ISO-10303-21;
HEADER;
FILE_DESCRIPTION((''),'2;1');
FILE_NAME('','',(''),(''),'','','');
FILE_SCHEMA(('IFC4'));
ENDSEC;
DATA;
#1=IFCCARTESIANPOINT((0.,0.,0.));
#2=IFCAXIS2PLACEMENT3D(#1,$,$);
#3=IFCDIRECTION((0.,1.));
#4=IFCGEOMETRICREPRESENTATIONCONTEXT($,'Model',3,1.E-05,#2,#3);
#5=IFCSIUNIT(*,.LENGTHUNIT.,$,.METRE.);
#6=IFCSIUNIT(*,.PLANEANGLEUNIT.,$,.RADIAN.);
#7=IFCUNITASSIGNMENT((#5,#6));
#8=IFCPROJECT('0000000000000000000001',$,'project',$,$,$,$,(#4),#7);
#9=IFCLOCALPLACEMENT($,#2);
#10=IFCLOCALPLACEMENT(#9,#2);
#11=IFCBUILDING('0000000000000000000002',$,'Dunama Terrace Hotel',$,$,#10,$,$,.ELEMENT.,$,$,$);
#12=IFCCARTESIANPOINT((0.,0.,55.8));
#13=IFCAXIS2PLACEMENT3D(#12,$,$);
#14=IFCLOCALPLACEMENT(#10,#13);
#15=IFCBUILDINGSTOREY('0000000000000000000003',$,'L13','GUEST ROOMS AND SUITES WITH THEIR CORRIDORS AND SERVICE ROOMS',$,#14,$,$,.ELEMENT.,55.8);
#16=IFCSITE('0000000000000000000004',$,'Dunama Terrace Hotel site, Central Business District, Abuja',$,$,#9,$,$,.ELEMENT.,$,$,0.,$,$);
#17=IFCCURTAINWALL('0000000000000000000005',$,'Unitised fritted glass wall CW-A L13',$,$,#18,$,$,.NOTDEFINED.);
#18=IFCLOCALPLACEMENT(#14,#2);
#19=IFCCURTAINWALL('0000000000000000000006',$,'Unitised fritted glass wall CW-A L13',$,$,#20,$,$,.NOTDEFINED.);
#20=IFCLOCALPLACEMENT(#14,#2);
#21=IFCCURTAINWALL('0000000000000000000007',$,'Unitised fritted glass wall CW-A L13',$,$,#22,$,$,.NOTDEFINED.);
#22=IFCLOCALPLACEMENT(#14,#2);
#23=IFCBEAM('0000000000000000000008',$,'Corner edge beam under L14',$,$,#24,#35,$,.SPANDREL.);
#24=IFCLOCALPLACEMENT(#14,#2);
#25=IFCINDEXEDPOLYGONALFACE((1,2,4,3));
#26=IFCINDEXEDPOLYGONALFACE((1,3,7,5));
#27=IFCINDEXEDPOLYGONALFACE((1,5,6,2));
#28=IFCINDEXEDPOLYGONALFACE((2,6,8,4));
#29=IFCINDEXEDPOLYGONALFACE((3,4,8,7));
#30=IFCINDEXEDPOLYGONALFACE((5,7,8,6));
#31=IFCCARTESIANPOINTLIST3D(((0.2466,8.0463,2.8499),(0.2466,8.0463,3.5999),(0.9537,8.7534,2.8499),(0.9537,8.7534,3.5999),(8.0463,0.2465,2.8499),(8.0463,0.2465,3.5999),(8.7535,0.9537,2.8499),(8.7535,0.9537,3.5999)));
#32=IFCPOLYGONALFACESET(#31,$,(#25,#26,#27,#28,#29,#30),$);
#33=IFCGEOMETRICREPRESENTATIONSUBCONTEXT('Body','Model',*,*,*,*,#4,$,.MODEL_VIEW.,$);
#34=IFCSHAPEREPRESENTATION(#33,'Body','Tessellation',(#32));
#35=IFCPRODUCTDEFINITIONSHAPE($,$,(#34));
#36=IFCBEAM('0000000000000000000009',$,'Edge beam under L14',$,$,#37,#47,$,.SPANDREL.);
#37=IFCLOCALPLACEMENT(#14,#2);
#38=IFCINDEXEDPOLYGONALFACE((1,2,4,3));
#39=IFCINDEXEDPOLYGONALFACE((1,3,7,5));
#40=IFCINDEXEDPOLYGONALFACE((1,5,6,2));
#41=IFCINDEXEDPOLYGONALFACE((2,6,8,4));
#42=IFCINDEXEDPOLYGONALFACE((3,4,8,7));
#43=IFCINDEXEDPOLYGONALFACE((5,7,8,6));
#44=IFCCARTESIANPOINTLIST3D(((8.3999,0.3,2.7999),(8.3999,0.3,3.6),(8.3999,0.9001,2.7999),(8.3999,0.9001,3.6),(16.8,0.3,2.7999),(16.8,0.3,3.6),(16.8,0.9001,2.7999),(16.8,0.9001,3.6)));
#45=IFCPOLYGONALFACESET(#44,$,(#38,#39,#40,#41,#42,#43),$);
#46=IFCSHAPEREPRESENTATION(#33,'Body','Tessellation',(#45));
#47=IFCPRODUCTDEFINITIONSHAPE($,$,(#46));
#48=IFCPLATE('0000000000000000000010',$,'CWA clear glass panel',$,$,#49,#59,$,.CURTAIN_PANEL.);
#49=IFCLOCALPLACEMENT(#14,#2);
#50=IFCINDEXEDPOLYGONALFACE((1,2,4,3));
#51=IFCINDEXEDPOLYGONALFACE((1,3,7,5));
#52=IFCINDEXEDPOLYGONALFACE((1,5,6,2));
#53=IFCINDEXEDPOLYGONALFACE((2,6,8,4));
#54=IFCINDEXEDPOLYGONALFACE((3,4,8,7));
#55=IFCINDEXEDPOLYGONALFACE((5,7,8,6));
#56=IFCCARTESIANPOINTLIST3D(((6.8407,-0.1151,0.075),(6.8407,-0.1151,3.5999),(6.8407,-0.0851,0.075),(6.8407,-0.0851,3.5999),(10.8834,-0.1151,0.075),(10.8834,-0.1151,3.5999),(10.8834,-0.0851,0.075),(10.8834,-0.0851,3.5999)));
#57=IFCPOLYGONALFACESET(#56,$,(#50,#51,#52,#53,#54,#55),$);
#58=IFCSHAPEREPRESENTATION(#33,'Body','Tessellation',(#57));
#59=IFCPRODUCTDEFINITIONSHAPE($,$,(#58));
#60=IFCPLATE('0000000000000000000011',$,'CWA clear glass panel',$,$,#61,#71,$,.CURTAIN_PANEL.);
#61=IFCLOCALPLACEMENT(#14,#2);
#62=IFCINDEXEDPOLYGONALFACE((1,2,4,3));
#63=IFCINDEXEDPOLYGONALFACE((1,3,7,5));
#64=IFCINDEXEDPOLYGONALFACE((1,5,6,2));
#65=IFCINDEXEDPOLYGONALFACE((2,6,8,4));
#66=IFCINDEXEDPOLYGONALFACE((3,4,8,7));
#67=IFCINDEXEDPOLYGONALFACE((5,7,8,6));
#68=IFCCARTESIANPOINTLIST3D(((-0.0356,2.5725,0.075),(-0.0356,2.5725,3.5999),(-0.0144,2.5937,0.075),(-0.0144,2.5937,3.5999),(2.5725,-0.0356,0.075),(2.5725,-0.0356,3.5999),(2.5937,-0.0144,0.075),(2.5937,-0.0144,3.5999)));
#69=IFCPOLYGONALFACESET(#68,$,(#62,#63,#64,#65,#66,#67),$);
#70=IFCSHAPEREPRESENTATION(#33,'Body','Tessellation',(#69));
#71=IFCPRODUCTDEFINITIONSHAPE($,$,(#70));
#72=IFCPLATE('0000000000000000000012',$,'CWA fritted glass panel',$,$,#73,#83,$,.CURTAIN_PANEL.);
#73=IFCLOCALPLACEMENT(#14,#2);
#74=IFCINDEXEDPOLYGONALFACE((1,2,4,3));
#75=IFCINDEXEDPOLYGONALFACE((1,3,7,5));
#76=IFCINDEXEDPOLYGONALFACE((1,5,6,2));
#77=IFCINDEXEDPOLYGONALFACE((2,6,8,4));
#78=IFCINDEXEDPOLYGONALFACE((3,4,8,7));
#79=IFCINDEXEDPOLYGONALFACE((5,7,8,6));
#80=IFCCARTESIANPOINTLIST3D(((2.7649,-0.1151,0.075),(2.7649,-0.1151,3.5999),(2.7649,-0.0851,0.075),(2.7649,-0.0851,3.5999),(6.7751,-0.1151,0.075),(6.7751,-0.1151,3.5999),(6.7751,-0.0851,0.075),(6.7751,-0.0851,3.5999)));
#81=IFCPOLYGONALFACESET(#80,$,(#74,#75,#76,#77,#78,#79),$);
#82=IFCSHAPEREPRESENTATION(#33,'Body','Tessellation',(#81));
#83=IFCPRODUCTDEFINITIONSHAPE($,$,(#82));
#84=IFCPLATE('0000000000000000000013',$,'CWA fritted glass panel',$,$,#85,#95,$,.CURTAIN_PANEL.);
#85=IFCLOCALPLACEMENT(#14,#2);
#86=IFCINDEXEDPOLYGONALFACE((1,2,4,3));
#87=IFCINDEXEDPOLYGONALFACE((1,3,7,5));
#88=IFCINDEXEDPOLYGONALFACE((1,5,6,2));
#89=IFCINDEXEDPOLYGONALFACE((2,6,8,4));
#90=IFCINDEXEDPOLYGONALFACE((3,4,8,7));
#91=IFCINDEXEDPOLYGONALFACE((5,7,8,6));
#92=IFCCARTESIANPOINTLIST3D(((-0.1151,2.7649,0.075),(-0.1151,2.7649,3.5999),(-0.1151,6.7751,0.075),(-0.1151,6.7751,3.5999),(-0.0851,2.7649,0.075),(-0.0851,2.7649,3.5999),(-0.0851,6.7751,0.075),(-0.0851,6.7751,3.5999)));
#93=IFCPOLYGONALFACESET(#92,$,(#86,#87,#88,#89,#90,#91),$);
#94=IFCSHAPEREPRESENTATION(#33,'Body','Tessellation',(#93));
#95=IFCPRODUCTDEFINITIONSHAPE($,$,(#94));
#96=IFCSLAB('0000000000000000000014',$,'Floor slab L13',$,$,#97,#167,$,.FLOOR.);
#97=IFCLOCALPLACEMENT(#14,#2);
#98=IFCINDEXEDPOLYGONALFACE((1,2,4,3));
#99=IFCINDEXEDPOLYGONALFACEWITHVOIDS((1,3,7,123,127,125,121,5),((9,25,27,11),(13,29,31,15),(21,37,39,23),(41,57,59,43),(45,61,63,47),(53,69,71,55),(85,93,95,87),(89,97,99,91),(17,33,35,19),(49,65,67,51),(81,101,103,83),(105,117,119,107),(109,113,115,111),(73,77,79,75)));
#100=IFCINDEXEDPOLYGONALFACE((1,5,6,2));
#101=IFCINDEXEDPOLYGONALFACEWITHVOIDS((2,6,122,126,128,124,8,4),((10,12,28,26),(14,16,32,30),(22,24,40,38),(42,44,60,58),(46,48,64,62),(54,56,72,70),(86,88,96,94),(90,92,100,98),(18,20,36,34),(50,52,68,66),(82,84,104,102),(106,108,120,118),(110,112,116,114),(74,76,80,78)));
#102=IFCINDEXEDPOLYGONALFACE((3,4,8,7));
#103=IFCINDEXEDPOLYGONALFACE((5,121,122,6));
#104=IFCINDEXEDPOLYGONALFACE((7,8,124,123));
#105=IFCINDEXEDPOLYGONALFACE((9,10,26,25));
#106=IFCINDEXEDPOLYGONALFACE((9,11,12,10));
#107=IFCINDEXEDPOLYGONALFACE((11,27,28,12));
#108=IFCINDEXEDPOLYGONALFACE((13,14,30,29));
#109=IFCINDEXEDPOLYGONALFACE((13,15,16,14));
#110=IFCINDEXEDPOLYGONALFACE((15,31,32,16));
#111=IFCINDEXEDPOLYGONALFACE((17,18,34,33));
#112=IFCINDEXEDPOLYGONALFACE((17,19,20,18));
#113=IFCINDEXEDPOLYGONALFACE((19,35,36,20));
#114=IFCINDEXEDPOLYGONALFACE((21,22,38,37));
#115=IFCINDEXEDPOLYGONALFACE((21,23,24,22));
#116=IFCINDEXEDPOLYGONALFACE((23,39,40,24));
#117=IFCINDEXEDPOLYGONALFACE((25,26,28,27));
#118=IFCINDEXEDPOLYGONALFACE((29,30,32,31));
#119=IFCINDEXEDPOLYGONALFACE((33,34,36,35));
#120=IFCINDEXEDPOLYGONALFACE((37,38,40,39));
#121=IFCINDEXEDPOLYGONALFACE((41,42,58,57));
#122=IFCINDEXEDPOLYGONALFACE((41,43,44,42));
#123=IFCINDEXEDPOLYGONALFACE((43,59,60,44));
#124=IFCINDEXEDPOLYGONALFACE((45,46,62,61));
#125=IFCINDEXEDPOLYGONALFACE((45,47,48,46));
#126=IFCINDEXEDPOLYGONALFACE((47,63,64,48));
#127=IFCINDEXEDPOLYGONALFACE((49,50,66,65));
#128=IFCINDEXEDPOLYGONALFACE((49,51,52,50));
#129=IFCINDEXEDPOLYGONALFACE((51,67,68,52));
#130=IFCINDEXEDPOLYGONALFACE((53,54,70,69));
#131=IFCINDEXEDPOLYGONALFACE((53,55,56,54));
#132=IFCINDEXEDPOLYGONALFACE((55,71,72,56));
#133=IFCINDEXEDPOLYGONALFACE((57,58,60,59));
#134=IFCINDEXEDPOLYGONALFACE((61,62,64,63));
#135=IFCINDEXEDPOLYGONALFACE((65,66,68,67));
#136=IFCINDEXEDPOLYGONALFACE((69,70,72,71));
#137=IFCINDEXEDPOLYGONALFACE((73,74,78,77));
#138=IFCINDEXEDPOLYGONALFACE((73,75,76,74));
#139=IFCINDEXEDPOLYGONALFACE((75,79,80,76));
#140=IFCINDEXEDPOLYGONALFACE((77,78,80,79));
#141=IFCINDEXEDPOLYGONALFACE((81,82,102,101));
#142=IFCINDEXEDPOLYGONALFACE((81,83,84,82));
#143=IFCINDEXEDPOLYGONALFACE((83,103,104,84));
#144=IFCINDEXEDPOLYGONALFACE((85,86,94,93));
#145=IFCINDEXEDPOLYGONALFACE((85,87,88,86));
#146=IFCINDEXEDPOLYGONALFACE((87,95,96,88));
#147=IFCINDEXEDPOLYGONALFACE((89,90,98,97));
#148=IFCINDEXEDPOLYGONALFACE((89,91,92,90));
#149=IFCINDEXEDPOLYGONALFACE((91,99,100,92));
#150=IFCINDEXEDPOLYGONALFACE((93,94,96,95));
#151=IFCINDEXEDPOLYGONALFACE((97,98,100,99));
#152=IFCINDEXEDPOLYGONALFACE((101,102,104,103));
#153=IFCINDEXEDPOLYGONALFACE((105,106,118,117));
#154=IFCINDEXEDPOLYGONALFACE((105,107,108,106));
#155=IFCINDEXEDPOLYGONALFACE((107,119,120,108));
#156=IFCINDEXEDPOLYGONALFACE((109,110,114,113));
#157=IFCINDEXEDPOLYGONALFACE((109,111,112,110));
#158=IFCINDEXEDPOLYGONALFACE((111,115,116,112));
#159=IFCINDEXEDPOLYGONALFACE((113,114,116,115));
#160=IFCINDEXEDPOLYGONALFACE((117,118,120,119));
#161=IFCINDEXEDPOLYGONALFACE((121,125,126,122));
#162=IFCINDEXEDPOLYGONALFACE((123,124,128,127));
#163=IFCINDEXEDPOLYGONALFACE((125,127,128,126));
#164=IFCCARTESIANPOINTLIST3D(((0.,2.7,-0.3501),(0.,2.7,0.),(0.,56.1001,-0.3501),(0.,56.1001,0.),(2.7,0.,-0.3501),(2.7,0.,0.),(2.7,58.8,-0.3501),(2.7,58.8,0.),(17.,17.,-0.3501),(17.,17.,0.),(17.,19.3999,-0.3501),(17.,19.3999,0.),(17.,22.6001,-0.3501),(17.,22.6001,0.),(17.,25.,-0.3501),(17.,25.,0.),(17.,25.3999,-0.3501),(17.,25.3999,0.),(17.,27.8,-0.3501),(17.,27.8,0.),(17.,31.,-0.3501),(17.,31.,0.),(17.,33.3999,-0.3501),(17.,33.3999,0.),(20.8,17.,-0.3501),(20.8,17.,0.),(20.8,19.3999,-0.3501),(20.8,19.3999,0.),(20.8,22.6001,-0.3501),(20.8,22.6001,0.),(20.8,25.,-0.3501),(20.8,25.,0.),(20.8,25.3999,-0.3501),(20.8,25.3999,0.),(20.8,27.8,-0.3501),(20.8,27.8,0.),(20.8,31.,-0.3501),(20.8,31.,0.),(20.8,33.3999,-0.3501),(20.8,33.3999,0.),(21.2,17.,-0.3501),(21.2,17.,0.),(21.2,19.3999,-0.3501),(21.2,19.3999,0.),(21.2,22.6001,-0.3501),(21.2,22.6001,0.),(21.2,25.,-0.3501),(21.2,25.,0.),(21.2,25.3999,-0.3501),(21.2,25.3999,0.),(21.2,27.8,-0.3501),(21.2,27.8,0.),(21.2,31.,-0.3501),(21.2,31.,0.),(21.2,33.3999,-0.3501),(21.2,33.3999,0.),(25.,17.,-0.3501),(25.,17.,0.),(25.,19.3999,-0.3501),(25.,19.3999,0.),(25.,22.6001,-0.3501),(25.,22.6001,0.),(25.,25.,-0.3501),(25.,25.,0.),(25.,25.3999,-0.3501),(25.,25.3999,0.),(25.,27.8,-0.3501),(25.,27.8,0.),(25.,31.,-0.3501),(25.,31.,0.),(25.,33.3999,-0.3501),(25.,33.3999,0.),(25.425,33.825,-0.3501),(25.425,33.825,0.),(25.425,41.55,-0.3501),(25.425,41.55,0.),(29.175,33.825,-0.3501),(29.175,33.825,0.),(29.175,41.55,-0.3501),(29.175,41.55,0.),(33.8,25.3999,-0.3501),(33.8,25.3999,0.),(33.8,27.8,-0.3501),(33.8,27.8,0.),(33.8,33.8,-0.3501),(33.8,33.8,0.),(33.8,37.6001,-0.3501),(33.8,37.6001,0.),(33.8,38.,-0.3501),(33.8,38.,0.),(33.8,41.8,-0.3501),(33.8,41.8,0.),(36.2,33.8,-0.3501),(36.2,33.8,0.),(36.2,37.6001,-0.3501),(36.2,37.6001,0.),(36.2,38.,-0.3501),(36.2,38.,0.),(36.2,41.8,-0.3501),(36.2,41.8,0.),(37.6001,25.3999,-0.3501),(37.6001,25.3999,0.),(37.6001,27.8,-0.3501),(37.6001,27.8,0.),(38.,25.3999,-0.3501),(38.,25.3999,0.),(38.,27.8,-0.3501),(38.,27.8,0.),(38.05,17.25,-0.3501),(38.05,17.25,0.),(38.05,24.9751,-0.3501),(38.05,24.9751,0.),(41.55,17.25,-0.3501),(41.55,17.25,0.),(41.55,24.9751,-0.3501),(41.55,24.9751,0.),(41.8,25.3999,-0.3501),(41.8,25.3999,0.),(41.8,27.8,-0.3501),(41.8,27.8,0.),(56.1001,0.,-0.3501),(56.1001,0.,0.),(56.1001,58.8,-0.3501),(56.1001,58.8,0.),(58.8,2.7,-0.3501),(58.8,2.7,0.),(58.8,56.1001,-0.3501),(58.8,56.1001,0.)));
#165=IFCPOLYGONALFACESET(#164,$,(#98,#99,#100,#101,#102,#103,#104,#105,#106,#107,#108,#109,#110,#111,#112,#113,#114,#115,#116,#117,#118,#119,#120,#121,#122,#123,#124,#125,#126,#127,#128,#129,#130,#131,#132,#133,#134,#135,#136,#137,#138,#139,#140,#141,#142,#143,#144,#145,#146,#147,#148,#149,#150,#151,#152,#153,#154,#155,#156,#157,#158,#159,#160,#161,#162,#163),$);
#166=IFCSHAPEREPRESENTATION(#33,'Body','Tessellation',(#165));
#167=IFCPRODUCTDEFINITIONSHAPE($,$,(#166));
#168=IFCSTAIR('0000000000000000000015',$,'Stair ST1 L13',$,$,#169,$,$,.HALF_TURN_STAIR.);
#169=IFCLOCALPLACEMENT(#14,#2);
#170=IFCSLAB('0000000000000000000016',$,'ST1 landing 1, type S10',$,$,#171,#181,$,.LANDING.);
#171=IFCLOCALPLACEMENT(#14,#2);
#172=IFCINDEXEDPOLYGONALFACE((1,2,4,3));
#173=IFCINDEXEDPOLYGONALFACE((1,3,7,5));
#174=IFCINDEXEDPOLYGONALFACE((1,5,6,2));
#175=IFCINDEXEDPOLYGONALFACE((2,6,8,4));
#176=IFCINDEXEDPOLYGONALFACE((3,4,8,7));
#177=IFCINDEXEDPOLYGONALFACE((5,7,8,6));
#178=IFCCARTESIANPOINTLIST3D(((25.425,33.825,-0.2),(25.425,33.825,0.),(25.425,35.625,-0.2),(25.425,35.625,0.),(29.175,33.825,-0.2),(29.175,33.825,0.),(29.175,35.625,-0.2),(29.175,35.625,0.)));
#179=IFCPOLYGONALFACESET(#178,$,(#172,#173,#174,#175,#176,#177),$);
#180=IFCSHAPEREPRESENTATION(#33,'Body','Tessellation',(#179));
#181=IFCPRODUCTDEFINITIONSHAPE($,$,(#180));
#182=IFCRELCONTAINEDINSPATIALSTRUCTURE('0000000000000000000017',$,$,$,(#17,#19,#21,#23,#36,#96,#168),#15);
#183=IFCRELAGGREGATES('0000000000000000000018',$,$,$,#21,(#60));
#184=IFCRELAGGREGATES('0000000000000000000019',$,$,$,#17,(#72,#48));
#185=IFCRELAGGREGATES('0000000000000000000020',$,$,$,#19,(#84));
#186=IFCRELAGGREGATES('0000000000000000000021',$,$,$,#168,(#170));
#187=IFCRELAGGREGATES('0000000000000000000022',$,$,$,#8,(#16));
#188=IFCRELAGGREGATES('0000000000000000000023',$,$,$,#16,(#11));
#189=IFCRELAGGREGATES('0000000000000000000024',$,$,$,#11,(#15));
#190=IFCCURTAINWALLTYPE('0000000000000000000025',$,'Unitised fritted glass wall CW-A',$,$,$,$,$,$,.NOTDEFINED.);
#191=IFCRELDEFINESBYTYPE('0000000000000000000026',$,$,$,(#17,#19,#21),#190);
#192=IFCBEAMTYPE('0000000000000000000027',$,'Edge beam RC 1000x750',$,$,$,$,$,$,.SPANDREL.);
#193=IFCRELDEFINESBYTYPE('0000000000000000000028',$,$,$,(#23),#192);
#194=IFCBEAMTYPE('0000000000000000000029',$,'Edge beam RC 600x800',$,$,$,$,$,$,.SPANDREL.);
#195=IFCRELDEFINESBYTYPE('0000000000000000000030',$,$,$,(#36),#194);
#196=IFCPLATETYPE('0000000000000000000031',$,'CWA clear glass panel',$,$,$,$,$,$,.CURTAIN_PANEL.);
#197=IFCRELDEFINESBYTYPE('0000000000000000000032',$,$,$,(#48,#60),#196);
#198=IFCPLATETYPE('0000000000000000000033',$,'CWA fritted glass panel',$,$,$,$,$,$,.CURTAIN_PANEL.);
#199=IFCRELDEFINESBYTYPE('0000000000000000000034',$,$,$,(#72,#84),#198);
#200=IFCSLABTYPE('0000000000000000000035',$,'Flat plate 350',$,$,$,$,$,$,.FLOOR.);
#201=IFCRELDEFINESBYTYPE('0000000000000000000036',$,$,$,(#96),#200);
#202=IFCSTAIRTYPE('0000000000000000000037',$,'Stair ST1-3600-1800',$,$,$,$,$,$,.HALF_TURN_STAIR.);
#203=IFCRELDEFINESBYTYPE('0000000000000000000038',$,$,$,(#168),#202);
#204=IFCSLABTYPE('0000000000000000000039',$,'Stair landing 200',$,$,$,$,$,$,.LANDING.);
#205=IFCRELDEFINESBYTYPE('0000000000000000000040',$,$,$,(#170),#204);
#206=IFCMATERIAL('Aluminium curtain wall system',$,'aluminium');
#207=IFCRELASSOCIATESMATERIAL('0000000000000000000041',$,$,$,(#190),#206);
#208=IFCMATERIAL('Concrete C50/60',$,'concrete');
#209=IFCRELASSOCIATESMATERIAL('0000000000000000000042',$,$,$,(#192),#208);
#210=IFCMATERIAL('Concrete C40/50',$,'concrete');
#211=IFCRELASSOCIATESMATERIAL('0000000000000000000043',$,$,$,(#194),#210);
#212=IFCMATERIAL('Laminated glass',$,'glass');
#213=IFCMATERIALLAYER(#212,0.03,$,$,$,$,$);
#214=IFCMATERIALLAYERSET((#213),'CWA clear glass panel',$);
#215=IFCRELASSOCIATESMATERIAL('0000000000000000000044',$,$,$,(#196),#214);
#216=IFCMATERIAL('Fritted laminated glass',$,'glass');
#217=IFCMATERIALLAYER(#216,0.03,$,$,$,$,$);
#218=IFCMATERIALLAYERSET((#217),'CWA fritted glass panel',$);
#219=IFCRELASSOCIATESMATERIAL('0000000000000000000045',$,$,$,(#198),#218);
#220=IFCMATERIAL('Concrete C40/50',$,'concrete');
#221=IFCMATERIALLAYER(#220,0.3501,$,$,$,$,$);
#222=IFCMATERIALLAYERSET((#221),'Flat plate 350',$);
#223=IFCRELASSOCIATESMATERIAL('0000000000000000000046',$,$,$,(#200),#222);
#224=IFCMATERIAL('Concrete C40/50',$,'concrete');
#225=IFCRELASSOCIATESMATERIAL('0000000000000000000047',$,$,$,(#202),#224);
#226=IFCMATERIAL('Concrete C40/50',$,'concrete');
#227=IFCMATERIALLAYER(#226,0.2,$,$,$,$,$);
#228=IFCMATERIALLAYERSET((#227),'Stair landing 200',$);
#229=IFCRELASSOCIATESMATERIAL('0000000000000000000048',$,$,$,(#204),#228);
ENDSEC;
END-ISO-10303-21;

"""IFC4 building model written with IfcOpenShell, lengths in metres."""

from ifc_helpers import new_model, si_unit, direction, frame, origin, origin_2d, place, context, subcontext, project, spatial, polyline, rectangle, outline, extrude, material, layer, layer_set, material_profile, profile_set, type_object, element, aggregate, save


model = new_model("IFC4")

# Units and contexts
model_context = context("Model", 3, precision=1e-05, world=origin(), true_north=direction((0.0, 1.0)))
body_context = subcontext(model_context, "Body", "Model", "MODEL_VIEW")
ifc_project = project(units=[si_unit("LENGTHUNIT", "METRE"), si_unit("PLANEANGLEUNIT", "RADIAN")], contexts=[model_context])

# Site, building, storey
site_placement = place(None, origin())
site = spatial("IfcSite", under=ifc_project, at=site_placement, Name="Dunama Terrace Hotel site, Central Business District, Abuja", CompositionType="ELEMENT", RefElevation=0.0)
building_placement = place(site_placement, origin())
building = spatial("IfcBuilding", under=site, at=building_placement, Name="Dunama Terrace Hotel", CompositionType="ELEMENT")
storey_placement = place(building_placement, frame((0.0, 0.0, 55.8)))
storey = spatial("IfcBuildingStorey", under=building, at=storey_placement, Name="L13", Description="GUEST ROOMS AND SUITES WITH THEIR CORRIDORS AND SERVICE ROOMS", CompositionType="ELEMENT", Elevation=55.8)

# Curtain walls
ifc_material_1 = material(Name="Aluminium curtain wall system", Category="aluminium")
curtain_wall_type = type_object("IfcCurtainWallType", Name="Unitised fritted glass wall CW-A", PredefinedType="NOTDEFINED", material=ifc_material_1)
curtain_wall_1_placement = place(storey_placement, origin())
curtain_wall_1 = element("IfcCurtainWall", 1, at=curtain_wall_1_placement, inside=storey, type_object=curtain_wall_type, Name="Unitised fritted glass wall CW-A L13", PredefinedType="NOTDEFINED")
curtain_wall_2_placement = place(storey_placement, origin())
curtain_wall_2 = element("IfcCurtainWall", 2, at=curtain_wall_2_placement, inside=storey, type_object=curtain_wall_type, Name="Unitised fritted glass wall CW-A L13", PredefinedType="NOTDEFINED")
curtain_wall_3_placement = place(storey_placement, origin())
curtain_wall_3 = element("IfcCurtainWall", 3, at=curtain_wall_3_placement, inside=storey, type_object=curtain_wall_type, Name="Unitised fritted glass wall CW-A L13", PredefinedType="NOTDEFINED")

# Beams
ifc_material_2 = material(Name="Concrete C50/60", Category="concrete")
ifc_material_profile_1 = material_profile(ifc_material_2, rectangle(XDim=1.0, YDim=0.75, at=origin_2d()), Name="RC 1000x750")
ifc_profile_set_1 = profile_set([ifc_material_profile_1], Name="Concrete C50/60")
beam_type_1 = type_object("IfcBeamType", Name="Edge beam RC 1000x750", PredefinedType="SPANDREL", material=ifc_profile_set_1)
beam_1_placement = place(storey_placement, frame((8.3999, 0.6001, 3.2249), z_axis=(-0.707107, 0.707107, 0.0), x_axis=(-0.707107, -0.707107, 0.0)))
element("IfcBeam", 4, at=beam_1_placement, inside=storey, type_object=beam_type_1, Name="Corner edge beam under L14", PredefinedType="SPANDREL", context=body_context, shape_type="SweptSolid", body=[
    extrude(rectangle(XDim=1.0, YDim=0.75, at=origin_2d()), origin(), (0.0, 0.0, 1.0), 11.0305),
])
ifc_material_3 = material(Name="Concrete C40/50", Category="concrete")
ifc_material_profile_2 = material_profile(ifc_material_3, rectangle(XDim=0.6001, YDim=0.8, at=origin_2d()), Name="RC 600x800")
ifc_profile_set_2 = profile_set([ifc_material_profile_2], Name="Concrete C40/50")
beam_type_2 = type_object("IfcBeamType", Name="Edge beam RC 600x800", PredefinedType="SPANDREL", material=ifc_profile_set_2)
beam_2_placement = place(storey_placement, frame((8.3999, 0.6001, 3.2), z_axis=(1.0, 0.0, 0.0), x_axis=(0.0, 1.0, 0.0)))
element("IfcBeam", 5, at=beam_2_placement, inside=storey, type_object=beam_type_2, Name="Edge beam under L14", PredefinedType="SPANDREL", context=body_context, shape_type="SweptSolid", body=[
    extrude(rectangle(XDim=0.6001, YDim=0.8, at=origin_2d()), origin(), (0.0, 0.0, 1.0), 8.4001),
])

# Plates
ifc_material_4 = material(Name="Laminated glass", Category="glass")
ifc_layer_1 = layer(ifc_material_4, 0.03)
ifc_layer_set_1 = layer_set([ifc_layer_1], Name="CWA clear glass panel")
plate_type_1 = type_object("IfcPlateType", Name="CWA clear glass panel", PredefinedType="CURTAIN_PANEL", material=ifc_layer_set_1)
plate_1_placement = place(storey_placement, frame((8.8621, -0.1001, 0.075), z_axis=(0.0, 0.0, 1.0), x_axis=(1.0, 0.0, 0.0)))
plate_1 = element("IfcPlate", 6, at=plate_1_placement, type_object=plate_type_1, Name="CWA clear glass panel", PredefinedType="CURTAIN_PANEL", context=body_context, shape_type="SweptSolid", body=[
    extrude(rectangle(XDim=4.0427, YDim=0.03, at=origin_2d()), origin(), (0.0, 0.0, 1.0), 3.5249),
])
plate_2_placement = place(storey_placement, frame((1.2791, 1.2791, 0.075), z_axis=(0.0, 0.0, 1.0), x_axis=(0.707107, -0.707107, 0.0)))
plate_2 = element("IfcPlate", 7, at=plate_2_placement, type_object=plate_type_1, Name="CWA clear glass panel", PredefinedType="CURTAIN_PANEL", context=body_context, shape_type="SweptSolid", body=[
    extrude(rectangle(XDim=3.6885, YDim=0.03, at=origin_2d()), origin(), (0.0, 0.0, 1.0), 3.5249),
])
aggregate(curtain_wall_3, [plate_2])
ifc_material_5 = material(Name="Fritted laminated glass", Category="glass")
ifc_layer_2 = layer(ifc_material_5, 0.03)
ifc_layer_set_2 = layer_set([ifc_layer_2], Name="CWA fritted glass panel")
plate_type_2 = type_object("IfcPlateType", Name="CWA fritted glass panel", PredefinedType="CURTAIN_PANEL", material=ifc_layer_set_2)
plate_3_placement = place(storey_placement, frame((4.77, -0.1001, 0.075), z_axis=(0.0, 0.0, 1.0), x_axis=(1.0, 0.0, 0.0)))
plate_3 = element("IfcPlate", 8, at=plate_3_placement, type_object=plate_type_2, Name="CWA fritted glass panel", PredefinedType="CURTAIN_PANEL", context=body_context, shape_type="SweptSolid", body=[
    extrude(rectangle(XDim=4.0103, YDim=0.03, at=origin_2d()), origin(), (0.0, 0.0, 1.0), 3.5249),
])
aggregate(curtain_wall_1, [plate_3, plate_1])
plate_4_placement = place(storey_placement, frame((-0.1001, 4.77, 0.075), z_axis=(0.0, 0.0, 1.0), x_axis=(0.0, -1.0, 0.0)))
plate_4 = element("IfcPlate", 9, at=plate_4_placement, type_object=plate_type_2, Name="CWA fritted glass panel", PredefinedType="CURTAIN_PANEL", context=body_context, shape_type="SweptSolid", body=[
    extrude(rectangle(XDim=4.0103, YDim=0.03, at=origin_2d()), origin(), (0.0, 0.0, 1.0), 3.5249),
])
aggregate(curtain_wall_2, [plate_4])

# Slab
ifc_material_6 = material(Name="Concrete C40/50", Category="concrete")
ifc_layer_3 = layer(ifc_material_6, 0.3501)
ifc_layer_set_3 = layer_set([ifc_layer_3], Name="Flat plate 350")
slab_type_1 = type_object("IfcSlabType", Name="Flat plate 350", PredefinedType="FLOOR", material=ifc_layer_set_3)
slab_1_placement = place(storey_placement, frame((0.0, 0.0, -0.3501)))
element("IfcSlab", 10, at=slab_1_placement, inside=storey, type_object=slab_type_1, Name="Floor slab L13", PredefinedType="FLOOR", context=body_context, shape_type="SweptSolid", body=[
    extrude(outline(polyline([(2.7, 0.0), (56.1001, 0.0), (58.8, 2.7), (58.8, 56.1001), (56.1001, 58.8), (2.7, 58.8), (0.0, 56.1001), (0.0, 2.7), (2.7, 0.0)]), holes=[polyline([(20.8, 25.3999), (20.8, 27.8), (17.0, 27.8), (17.0, 25.3999), (20.8, 25.3999)]), polyline([(25.0, 25.3999), (25.0, 27.8), (21.2, 27.8), (21.2, 25.3999), (25.0, 25.3999)]), polyline([(20.8, 31.0), (20.8, 33.3999), (17.0, 33.3999), (17.0, 31.0), (20.8, 31.0)]), polyline([(25.0, 31.0), (25.0, 33.3999), (21.2, 33.3999), (21.2, 31.0), (25.0, 31.0)]), polyline([(37.6001, 25.3999), (37.6001, 27.8), (33.8, 27.8), (33.8, 25.3999), (37.6001, 25.3999)]), polyline([(41.8, 25.3999), (41.8, 27.8), (38.0, 27.8), (38.0, 25.3999), (41.8, 25.3999)]), polyline([(20.8, 17.0), (20.8, 19.3999), (17.0, 19.3999), (17.0, 17.0), (20.8, 17.0)]), polyline([(25.0, 17.0), (25.0, 19.3999), (21.2, 19.3999), (21.2, 17.0), (25.0, 17.0)]), polyline([(20.8, 22.6001), (20.8, 25.0), (17.0, 25.0), (17.0, 22.6001), (20.8, 22.6001)]), polyline([(25.0, 22.6001), (25.0, 25.0), (21.2, 25.0), (21.2, 22.6001), (25.0, 22.6001)]), polyline([(36.2, 38.0), (36.2, 41.8), (33.8, 41.8), (33.8, 38.0), (36.2, 38.0)]), polyline([(36.2, 33.8), (36.2, 37.6001), (33.8, 37.6001), (33.8, 33.8), (36.2, 33.8)]), polyline([(29.175, 33.825), (29.175, 41.55), (25.425, 41.55), (25.425, 33.825), (29.175, 33.825)]), polyline([(41.55, 17.25), (41.55, 24.9751), (38.05, 24.9751), (38.05, 17.25), (41.55, 17.25)])]), origin(), (0.0, 0.0, 1.0), 0.3501),
])

# Stair, slab
ifc_material_7 = material(Name="Concrete C40/50", Category="concrete")
stair_type_1 = type_object("IfcStairType", Name="Stair ST1-3600-1800", PredefinedType="HALF_TURN_STAIR", material=ifc_material_7)
stair_1_placement = place(storey_placement, origin())
stair_1 = element("IfcStair", 11, at=stair_1_placement, inside=storey, type_object=stair_type_1, Name="Stair ST1 L13", PredefinedType="HALF_TURN_STAIR")
ifc_material_8 = material(Name="Concrete C40/50", Category="concrete")
ifc_layer_4 = layer(ifc_material_8, 0.2)
ifc_layer_set_4 = layer_set([ifc_layer_4], Name="Stair landing 200")
slab_type_2 = type_object("IfcSlabType", Name="Stair landing 200", PredefinedType="LANDING", material=ifc_layer_set_4)
slab_2_placement = place(storey_placement, frame((0.0, 0.0, -0.2)))
slab_2 = element("IfcSlab", 12, at=slab_2_placement, type_object=slab_type_2, Name="ST1 landing 1, type S10", PredefinedType="LANDING", context=body_context, shape_type="SweptSolid", body=[
    extrude(outline(polyline([(25.425, 33.825), (29.175, 33.825), (29.175, 35.625), (25.425, 35.625), (25.425, 33.825)])), origin(), (0.0, 0.0, 1.0), 0.2),
])
aggregate(stair_1, [slab_2])

save(model, "model.ifc")
